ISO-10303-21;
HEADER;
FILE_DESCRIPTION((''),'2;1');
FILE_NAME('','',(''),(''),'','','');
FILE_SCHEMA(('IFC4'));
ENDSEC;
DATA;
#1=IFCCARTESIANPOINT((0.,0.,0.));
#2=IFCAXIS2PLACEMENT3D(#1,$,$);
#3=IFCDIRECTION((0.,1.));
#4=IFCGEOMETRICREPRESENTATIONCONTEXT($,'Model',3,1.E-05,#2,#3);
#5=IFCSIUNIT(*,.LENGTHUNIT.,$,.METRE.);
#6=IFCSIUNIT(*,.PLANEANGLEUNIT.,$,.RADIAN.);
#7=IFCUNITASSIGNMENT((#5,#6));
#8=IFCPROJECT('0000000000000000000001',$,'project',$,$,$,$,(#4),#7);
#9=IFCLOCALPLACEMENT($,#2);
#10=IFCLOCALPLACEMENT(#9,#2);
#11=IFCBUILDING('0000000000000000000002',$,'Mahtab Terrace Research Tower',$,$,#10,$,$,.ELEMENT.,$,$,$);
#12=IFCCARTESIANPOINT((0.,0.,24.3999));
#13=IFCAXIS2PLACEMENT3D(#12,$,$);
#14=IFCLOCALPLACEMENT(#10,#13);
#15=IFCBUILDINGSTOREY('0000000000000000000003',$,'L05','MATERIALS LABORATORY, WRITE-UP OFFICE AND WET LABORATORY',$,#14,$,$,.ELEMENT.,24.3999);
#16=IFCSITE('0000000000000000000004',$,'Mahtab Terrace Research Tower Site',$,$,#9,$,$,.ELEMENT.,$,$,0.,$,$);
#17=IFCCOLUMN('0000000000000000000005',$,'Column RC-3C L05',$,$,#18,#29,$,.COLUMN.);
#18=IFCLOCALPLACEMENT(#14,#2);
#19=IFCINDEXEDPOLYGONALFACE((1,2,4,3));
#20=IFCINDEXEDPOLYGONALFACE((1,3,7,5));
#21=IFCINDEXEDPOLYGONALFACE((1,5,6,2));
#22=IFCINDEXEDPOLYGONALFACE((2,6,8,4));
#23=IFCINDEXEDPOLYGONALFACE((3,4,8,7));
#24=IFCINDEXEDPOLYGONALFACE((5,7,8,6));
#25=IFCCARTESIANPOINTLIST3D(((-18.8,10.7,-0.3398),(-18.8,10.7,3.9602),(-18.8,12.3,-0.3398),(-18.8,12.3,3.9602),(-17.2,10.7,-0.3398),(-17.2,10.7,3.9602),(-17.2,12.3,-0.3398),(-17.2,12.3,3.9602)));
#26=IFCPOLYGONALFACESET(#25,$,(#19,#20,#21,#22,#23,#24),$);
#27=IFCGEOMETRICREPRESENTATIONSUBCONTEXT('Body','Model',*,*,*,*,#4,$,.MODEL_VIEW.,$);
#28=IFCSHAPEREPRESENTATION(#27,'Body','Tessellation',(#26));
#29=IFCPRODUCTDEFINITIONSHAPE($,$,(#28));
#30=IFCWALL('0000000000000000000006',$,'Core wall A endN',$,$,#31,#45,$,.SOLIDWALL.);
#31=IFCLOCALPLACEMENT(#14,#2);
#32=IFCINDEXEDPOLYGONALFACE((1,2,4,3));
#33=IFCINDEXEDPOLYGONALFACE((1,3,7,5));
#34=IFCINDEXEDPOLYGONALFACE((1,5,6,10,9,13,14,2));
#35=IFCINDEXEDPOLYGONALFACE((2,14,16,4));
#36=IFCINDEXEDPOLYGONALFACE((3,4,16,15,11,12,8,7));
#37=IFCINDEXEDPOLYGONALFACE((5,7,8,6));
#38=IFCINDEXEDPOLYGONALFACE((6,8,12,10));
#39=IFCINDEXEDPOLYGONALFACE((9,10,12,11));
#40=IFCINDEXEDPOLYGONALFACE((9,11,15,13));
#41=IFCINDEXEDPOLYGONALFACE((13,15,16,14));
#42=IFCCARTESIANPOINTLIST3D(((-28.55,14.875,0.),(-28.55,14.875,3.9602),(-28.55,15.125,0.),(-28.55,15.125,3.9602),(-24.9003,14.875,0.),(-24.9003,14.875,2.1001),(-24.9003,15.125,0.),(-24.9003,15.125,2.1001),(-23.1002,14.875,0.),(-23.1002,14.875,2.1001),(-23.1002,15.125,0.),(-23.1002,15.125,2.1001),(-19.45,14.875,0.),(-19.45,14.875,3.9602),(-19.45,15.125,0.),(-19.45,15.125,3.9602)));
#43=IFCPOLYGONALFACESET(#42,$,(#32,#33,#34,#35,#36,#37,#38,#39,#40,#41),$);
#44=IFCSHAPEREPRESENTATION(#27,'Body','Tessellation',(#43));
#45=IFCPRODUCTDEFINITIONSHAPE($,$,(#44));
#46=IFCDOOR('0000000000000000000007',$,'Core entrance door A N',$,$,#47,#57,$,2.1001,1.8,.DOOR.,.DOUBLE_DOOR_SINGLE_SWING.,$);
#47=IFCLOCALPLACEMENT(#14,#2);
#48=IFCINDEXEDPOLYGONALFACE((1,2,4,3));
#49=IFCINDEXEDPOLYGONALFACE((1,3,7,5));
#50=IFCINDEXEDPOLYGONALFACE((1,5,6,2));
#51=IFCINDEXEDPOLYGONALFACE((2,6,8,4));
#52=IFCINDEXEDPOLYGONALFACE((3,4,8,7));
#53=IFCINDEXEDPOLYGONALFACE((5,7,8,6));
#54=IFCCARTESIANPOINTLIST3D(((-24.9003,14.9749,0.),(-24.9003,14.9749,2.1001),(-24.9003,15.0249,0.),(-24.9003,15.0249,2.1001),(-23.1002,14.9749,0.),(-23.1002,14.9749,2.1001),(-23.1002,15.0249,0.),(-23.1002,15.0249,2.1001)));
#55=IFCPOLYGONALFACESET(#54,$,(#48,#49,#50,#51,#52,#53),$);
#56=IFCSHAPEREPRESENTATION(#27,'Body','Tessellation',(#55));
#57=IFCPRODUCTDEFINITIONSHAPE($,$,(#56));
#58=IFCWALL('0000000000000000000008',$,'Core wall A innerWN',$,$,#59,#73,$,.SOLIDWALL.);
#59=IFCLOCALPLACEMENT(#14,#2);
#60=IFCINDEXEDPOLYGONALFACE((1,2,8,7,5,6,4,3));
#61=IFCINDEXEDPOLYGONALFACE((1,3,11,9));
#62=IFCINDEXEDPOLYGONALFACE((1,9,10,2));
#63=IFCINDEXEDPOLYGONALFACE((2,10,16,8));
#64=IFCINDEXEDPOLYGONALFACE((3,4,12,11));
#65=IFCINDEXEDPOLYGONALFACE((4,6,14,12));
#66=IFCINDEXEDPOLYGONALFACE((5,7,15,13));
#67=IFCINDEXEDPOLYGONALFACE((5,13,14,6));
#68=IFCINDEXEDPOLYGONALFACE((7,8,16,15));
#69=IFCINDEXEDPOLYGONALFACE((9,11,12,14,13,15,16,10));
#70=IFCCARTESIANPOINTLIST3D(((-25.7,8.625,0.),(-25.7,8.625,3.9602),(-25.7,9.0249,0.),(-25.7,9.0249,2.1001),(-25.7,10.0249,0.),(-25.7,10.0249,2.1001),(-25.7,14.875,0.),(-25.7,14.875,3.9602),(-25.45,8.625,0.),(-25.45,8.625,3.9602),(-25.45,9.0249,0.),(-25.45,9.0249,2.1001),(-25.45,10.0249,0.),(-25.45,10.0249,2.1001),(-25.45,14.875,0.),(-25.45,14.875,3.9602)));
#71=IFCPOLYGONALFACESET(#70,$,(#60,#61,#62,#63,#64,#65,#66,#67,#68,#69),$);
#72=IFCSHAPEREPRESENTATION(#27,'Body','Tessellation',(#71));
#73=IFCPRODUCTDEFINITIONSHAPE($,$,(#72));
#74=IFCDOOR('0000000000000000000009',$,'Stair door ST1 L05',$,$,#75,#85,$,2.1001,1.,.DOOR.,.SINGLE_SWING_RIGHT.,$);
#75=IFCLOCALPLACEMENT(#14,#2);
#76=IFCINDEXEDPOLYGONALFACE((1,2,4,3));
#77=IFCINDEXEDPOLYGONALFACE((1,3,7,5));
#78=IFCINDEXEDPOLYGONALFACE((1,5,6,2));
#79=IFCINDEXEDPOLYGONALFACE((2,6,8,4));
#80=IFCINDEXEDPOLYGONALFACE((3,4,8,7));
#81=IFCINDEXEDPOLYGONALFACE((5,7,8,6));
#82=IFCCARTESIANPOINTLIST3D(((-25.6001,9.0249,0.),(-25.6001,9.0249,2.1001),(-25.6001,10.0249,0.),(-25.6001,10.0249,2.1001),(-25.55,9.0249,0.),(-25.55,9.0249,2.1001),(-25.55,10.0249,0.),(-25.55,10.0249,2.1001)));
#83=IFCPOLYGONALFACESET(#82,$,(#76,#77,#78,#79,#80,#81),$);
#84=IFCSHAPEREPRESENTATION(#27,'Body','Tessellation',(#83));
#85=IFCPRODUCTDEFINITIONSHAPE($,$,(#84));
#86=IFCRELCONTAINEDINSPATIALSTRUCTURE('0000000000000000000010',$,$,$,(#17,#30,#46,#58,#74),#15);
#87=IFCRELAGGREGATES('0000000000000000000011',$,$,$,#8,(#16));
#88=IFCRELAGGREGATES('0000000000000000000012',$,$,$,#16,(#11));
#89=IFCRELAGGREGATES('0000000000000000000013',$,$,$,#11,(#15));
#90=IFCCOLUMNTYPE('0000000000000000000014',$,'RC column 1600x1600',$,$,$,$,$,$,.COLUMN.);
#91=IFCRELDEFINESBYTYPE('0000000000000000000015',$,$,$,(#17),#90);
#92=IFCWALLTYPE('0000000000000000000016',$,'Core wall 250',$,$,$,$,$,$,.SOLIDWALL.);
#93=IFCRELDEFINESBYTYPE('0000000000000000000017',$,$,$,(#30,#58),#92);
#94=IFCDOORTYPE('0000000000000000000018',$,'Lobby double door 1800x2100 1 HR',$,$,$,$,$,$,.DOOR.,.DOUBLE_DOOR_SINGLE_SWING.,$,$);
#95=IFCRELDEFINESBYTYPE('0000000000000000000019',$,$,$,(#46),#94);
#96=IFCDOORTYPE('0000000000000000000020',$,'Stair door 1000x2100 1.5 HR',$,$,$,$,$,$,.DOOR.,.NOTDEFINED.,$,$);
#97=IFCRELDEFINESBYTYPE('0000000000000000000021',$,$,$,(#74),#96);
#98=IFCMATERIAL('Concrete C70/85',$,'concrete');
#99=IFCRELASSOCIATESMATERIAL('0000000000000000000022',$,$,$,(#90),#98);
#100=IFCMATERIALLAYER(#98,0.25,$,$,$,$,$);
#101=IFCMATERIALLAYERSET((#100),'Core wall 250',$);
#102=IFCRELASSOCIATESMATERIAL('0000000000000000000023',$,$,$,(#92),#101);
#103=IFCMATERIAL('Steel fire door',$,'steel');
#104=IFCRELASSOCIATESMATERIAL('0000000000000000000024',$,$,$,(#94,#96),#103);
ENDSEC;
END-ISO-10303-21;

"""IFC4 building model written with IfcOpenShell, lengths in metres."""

from ifc_helpers import new_model, si_unit, direction, frame, frame_2d, origin, origin_2d, place, context, subcontext, project, spatial, rectangle, extrude, material, layer, layer_set, material_profile, profile_set, type_object, element, fill, save


model = new_model("IFC4")

# Units and contexts
model_context = context("Model", 3, precision=1e-05, world=origin(), true_north=direction((0.0, 1.0)))
body_context = subcontext(model_context, "Body", "Model", "MODEL_VIEW")
ifc_project = project(units=[si_unit("LENGTHUNIT", "METRE"), si_unit("PLANEANGLEUNIT", "RADIAN")], contexts=[model_context])

# Site, building, storey
site_placement = place(None, origin())
site = spatial("IfcSite", under=ifc_project, at=site_placement, Name="Mahtab Terrace Research Tower Site", CompositionType="ELEMENT", RefElevation=0.0)
building_placement = place(site_placement, origin())
building = spatial("IfcBuilding", under=site, at=building_placement, Name="Mahtab Terrace Research Tower", CompositionType="ELEMENT")
storey_placement = place(building_placement, frame((0.0, 0.0, 24.3999)))
storey = spatial("IfcBuildingStorey", under=building, at=storey_placement, Name="L05", Description="MATERIALS LABORATORY, WRITE-UP OFFICE AND WET LABORATORY", CompositionType="ELEMENT", Elevation=24.3999)

# Column
ifc_material_1 = material(Name="Concrete C70/85", Category="concrete")
ifc_material_profile = material_profile(ifc_material_1, rectangle(XDim=1.6001, YDim=1.6001, at=origin_2d()), Name="RC column 1600x1600")
ifc_profile_set = profile_set([ifc_material_profile], Name="Concrete C70/85")
column_type = type_object("IfcColumnType", Name="RC column 1600x1600", PredefinedType="COLUMN", material=ifc_profile_set)
column_placement = place(storey_placement, frame((-18.0, 11.5, -0.3398), z_axis=(0.0, 0.0, 1.0), x_axis=(1.0, 0.0, 0.0)))
element("IfcColumn", 1, at=column_placement, inside=storey, type_object=column_type, Name="Column RC-3C L05", PredefinedType="COLUMN", context=body_context, shape_type="SweptSolid", body=[
    extrude(rectangle(XDim=1.6001, YDim=1.6001, at=origin_2d()), origin(), (0.0, 0.0, 1.0), 4.3),
])

# Walls, openings, doors
ifc_layer = layer(ifc_material_1, 0.25)
ifc_layer_set = layer_set([ifc_layer], Name="Core wall 250")
wall_type = type_object("IfcWallType", Name="Core wall 250", PredefinedType="SOLIDWALL", material=ifc_layer_set)
wall_1_placement = place(storey_placement, frame((-28.55, 15.0, 0.0), z_axis=(0.0, 0.0, 1.0), x_axis=(1.0, 0.0, 0.0)))
wall_1 = element("IfcWall", 2, at=wall_1_placement, inside=storey, type_object=wall_type, Name="Core wall A endN", PredefinedType="SOLIDWALL", context=body_context, shape_type="SweptSolid", body=[
    extrude(rectangle(XDim=9.1001, YDim=0.25, at=frame_2d((4.55, 0.0))), origin(), (0.0, 0.0, 1.0), 3.9602),
])
opening_1_placement = place(wall_1_placement, frame((3.6499, 0.0, 0.0)))
opening_1 = element("IfcOpeningElement", 3, at=opening_1_placement, cuts=wall_1, PredefinedType="OPENING", context=body_context, shape_type="SweptSolid", body=[
    extrude(rectangle(XDim=1.8, YDim=2.1001, at=frame_2d((0.8999, 1.05))), frame((0.0, 0.135, 0.0), z_axis=(0.0, -1.0, 0.0), x_axis=(1.0, 0.0, 0.0)), (0.0, 0.0, 1.0), 0.27),
])
ifc_material_2 = material(Name="Steel fire door", Category="steel")
door_type_1 = type_object("IfcDoorType", Name="Lobby double door 1800x2100 1 HR", OperationType="DOUBLE_DOOR_SINGLE_SWING", PredefinedType="DOOR", material=ifc_material_2)
door_1_placement = place(opening_1_placement, origin())
door_1 = element("IfcDoor", 4, at=door_1_placement, inside=storey, type_object=door_type_1, Name="Core entrance door A N", OperationType="DOUBLE_DOOR_SINGLE_SWING", OverallHeight=2.1001, OverallWidth=1.8, PredefinedType="DOOR", context=body_context, shape_type="SweptSolid", body=[
    extrude(rectangle(XDim=1.8, YDim=2.1001, at=frame_2d((0.8999, 1.05))), frame((0.0, 0.0249, 0.0), z_axis=(0.0, -1.0, 0.0), x_axis=(1.0, 0.0, 0.0)), (0.0, 0.0, 1.0), 0.05),
])
fill(opening_1, door_1)
wall_2_placement = place(storey_placement, frame((-25.575, 14.875, 0.0), z_axis=(0.0, 0.0, 1.0), x_axis=(0.0, -1.0, 0.0)))
wall_2 = element("IfcWall", 5, at=wall_2_placement, inside=storey, type_object=wall_type, Name="Core wall A innerWN", PredefinedType="SOLIDWALL", context=body_context, shape_type="SweptSolid", body=[
    extrude(rectangle(XDim=6.25, YDim=0.25, at=frame_2d((3.125, 0.0))), origin(), (0.0, 0.0, 1.0), 3.9602),
])
opening_2_placement = place(wall_2_placement, frame((4.8501, 0.0, 0.0)))
opening_2 = element("IfcOpeningElement", 6, at=opening_2_placement, cuts=wall_2, PredefinedType="OPENING", context=body_context, shape_type="SweptSolid", body=[
    extrude(rectangle(XDim=1.0, YDim=2.1001, at=frame_2d((0.5, 1.05))), frame((0.0, 0.135, 0.0), z_axis=(0.0, -1.0, 0.0), x_axis=(1.0, 0.0, 0.0)), (0.0, 0.0, 1.0), 0.27),
])
door_type_2 = type_object("IfcDoorType", Name="Stair door 1000x2100 1.5 HR", OperationType="NOTDEFINED", PredefinedType="DOOR", material=ifc_material_2)
door_2_placement = place(opening_2_placement, origin())
door_2 = element("IfcDoor", 7, at=door_2_placement, inside=storey, type_object=door_type_2, Name="Stair door ST1 L05", OperationType="SINGLE_SWING_RIGHT", OverallHeight=2.1001, OverallWidth=1.0, PredefinedType="DOOR", context=body_context, shape_type="SweptSolid", body=[
    extrude(rectangle(XDim=1.0, YDim=2.1001, at=frame_2d((0.5, 1.05))), frame((0.0, 0.0249, 0.0), z_axis=(0.0, -1.0, 0.0), x_axis=(1.0, 0.0, 0.0)), (0.0, 0.0, 1.0), 0.05),
])
fill(opening_2, door_2)

save(model, "model.ifc")
